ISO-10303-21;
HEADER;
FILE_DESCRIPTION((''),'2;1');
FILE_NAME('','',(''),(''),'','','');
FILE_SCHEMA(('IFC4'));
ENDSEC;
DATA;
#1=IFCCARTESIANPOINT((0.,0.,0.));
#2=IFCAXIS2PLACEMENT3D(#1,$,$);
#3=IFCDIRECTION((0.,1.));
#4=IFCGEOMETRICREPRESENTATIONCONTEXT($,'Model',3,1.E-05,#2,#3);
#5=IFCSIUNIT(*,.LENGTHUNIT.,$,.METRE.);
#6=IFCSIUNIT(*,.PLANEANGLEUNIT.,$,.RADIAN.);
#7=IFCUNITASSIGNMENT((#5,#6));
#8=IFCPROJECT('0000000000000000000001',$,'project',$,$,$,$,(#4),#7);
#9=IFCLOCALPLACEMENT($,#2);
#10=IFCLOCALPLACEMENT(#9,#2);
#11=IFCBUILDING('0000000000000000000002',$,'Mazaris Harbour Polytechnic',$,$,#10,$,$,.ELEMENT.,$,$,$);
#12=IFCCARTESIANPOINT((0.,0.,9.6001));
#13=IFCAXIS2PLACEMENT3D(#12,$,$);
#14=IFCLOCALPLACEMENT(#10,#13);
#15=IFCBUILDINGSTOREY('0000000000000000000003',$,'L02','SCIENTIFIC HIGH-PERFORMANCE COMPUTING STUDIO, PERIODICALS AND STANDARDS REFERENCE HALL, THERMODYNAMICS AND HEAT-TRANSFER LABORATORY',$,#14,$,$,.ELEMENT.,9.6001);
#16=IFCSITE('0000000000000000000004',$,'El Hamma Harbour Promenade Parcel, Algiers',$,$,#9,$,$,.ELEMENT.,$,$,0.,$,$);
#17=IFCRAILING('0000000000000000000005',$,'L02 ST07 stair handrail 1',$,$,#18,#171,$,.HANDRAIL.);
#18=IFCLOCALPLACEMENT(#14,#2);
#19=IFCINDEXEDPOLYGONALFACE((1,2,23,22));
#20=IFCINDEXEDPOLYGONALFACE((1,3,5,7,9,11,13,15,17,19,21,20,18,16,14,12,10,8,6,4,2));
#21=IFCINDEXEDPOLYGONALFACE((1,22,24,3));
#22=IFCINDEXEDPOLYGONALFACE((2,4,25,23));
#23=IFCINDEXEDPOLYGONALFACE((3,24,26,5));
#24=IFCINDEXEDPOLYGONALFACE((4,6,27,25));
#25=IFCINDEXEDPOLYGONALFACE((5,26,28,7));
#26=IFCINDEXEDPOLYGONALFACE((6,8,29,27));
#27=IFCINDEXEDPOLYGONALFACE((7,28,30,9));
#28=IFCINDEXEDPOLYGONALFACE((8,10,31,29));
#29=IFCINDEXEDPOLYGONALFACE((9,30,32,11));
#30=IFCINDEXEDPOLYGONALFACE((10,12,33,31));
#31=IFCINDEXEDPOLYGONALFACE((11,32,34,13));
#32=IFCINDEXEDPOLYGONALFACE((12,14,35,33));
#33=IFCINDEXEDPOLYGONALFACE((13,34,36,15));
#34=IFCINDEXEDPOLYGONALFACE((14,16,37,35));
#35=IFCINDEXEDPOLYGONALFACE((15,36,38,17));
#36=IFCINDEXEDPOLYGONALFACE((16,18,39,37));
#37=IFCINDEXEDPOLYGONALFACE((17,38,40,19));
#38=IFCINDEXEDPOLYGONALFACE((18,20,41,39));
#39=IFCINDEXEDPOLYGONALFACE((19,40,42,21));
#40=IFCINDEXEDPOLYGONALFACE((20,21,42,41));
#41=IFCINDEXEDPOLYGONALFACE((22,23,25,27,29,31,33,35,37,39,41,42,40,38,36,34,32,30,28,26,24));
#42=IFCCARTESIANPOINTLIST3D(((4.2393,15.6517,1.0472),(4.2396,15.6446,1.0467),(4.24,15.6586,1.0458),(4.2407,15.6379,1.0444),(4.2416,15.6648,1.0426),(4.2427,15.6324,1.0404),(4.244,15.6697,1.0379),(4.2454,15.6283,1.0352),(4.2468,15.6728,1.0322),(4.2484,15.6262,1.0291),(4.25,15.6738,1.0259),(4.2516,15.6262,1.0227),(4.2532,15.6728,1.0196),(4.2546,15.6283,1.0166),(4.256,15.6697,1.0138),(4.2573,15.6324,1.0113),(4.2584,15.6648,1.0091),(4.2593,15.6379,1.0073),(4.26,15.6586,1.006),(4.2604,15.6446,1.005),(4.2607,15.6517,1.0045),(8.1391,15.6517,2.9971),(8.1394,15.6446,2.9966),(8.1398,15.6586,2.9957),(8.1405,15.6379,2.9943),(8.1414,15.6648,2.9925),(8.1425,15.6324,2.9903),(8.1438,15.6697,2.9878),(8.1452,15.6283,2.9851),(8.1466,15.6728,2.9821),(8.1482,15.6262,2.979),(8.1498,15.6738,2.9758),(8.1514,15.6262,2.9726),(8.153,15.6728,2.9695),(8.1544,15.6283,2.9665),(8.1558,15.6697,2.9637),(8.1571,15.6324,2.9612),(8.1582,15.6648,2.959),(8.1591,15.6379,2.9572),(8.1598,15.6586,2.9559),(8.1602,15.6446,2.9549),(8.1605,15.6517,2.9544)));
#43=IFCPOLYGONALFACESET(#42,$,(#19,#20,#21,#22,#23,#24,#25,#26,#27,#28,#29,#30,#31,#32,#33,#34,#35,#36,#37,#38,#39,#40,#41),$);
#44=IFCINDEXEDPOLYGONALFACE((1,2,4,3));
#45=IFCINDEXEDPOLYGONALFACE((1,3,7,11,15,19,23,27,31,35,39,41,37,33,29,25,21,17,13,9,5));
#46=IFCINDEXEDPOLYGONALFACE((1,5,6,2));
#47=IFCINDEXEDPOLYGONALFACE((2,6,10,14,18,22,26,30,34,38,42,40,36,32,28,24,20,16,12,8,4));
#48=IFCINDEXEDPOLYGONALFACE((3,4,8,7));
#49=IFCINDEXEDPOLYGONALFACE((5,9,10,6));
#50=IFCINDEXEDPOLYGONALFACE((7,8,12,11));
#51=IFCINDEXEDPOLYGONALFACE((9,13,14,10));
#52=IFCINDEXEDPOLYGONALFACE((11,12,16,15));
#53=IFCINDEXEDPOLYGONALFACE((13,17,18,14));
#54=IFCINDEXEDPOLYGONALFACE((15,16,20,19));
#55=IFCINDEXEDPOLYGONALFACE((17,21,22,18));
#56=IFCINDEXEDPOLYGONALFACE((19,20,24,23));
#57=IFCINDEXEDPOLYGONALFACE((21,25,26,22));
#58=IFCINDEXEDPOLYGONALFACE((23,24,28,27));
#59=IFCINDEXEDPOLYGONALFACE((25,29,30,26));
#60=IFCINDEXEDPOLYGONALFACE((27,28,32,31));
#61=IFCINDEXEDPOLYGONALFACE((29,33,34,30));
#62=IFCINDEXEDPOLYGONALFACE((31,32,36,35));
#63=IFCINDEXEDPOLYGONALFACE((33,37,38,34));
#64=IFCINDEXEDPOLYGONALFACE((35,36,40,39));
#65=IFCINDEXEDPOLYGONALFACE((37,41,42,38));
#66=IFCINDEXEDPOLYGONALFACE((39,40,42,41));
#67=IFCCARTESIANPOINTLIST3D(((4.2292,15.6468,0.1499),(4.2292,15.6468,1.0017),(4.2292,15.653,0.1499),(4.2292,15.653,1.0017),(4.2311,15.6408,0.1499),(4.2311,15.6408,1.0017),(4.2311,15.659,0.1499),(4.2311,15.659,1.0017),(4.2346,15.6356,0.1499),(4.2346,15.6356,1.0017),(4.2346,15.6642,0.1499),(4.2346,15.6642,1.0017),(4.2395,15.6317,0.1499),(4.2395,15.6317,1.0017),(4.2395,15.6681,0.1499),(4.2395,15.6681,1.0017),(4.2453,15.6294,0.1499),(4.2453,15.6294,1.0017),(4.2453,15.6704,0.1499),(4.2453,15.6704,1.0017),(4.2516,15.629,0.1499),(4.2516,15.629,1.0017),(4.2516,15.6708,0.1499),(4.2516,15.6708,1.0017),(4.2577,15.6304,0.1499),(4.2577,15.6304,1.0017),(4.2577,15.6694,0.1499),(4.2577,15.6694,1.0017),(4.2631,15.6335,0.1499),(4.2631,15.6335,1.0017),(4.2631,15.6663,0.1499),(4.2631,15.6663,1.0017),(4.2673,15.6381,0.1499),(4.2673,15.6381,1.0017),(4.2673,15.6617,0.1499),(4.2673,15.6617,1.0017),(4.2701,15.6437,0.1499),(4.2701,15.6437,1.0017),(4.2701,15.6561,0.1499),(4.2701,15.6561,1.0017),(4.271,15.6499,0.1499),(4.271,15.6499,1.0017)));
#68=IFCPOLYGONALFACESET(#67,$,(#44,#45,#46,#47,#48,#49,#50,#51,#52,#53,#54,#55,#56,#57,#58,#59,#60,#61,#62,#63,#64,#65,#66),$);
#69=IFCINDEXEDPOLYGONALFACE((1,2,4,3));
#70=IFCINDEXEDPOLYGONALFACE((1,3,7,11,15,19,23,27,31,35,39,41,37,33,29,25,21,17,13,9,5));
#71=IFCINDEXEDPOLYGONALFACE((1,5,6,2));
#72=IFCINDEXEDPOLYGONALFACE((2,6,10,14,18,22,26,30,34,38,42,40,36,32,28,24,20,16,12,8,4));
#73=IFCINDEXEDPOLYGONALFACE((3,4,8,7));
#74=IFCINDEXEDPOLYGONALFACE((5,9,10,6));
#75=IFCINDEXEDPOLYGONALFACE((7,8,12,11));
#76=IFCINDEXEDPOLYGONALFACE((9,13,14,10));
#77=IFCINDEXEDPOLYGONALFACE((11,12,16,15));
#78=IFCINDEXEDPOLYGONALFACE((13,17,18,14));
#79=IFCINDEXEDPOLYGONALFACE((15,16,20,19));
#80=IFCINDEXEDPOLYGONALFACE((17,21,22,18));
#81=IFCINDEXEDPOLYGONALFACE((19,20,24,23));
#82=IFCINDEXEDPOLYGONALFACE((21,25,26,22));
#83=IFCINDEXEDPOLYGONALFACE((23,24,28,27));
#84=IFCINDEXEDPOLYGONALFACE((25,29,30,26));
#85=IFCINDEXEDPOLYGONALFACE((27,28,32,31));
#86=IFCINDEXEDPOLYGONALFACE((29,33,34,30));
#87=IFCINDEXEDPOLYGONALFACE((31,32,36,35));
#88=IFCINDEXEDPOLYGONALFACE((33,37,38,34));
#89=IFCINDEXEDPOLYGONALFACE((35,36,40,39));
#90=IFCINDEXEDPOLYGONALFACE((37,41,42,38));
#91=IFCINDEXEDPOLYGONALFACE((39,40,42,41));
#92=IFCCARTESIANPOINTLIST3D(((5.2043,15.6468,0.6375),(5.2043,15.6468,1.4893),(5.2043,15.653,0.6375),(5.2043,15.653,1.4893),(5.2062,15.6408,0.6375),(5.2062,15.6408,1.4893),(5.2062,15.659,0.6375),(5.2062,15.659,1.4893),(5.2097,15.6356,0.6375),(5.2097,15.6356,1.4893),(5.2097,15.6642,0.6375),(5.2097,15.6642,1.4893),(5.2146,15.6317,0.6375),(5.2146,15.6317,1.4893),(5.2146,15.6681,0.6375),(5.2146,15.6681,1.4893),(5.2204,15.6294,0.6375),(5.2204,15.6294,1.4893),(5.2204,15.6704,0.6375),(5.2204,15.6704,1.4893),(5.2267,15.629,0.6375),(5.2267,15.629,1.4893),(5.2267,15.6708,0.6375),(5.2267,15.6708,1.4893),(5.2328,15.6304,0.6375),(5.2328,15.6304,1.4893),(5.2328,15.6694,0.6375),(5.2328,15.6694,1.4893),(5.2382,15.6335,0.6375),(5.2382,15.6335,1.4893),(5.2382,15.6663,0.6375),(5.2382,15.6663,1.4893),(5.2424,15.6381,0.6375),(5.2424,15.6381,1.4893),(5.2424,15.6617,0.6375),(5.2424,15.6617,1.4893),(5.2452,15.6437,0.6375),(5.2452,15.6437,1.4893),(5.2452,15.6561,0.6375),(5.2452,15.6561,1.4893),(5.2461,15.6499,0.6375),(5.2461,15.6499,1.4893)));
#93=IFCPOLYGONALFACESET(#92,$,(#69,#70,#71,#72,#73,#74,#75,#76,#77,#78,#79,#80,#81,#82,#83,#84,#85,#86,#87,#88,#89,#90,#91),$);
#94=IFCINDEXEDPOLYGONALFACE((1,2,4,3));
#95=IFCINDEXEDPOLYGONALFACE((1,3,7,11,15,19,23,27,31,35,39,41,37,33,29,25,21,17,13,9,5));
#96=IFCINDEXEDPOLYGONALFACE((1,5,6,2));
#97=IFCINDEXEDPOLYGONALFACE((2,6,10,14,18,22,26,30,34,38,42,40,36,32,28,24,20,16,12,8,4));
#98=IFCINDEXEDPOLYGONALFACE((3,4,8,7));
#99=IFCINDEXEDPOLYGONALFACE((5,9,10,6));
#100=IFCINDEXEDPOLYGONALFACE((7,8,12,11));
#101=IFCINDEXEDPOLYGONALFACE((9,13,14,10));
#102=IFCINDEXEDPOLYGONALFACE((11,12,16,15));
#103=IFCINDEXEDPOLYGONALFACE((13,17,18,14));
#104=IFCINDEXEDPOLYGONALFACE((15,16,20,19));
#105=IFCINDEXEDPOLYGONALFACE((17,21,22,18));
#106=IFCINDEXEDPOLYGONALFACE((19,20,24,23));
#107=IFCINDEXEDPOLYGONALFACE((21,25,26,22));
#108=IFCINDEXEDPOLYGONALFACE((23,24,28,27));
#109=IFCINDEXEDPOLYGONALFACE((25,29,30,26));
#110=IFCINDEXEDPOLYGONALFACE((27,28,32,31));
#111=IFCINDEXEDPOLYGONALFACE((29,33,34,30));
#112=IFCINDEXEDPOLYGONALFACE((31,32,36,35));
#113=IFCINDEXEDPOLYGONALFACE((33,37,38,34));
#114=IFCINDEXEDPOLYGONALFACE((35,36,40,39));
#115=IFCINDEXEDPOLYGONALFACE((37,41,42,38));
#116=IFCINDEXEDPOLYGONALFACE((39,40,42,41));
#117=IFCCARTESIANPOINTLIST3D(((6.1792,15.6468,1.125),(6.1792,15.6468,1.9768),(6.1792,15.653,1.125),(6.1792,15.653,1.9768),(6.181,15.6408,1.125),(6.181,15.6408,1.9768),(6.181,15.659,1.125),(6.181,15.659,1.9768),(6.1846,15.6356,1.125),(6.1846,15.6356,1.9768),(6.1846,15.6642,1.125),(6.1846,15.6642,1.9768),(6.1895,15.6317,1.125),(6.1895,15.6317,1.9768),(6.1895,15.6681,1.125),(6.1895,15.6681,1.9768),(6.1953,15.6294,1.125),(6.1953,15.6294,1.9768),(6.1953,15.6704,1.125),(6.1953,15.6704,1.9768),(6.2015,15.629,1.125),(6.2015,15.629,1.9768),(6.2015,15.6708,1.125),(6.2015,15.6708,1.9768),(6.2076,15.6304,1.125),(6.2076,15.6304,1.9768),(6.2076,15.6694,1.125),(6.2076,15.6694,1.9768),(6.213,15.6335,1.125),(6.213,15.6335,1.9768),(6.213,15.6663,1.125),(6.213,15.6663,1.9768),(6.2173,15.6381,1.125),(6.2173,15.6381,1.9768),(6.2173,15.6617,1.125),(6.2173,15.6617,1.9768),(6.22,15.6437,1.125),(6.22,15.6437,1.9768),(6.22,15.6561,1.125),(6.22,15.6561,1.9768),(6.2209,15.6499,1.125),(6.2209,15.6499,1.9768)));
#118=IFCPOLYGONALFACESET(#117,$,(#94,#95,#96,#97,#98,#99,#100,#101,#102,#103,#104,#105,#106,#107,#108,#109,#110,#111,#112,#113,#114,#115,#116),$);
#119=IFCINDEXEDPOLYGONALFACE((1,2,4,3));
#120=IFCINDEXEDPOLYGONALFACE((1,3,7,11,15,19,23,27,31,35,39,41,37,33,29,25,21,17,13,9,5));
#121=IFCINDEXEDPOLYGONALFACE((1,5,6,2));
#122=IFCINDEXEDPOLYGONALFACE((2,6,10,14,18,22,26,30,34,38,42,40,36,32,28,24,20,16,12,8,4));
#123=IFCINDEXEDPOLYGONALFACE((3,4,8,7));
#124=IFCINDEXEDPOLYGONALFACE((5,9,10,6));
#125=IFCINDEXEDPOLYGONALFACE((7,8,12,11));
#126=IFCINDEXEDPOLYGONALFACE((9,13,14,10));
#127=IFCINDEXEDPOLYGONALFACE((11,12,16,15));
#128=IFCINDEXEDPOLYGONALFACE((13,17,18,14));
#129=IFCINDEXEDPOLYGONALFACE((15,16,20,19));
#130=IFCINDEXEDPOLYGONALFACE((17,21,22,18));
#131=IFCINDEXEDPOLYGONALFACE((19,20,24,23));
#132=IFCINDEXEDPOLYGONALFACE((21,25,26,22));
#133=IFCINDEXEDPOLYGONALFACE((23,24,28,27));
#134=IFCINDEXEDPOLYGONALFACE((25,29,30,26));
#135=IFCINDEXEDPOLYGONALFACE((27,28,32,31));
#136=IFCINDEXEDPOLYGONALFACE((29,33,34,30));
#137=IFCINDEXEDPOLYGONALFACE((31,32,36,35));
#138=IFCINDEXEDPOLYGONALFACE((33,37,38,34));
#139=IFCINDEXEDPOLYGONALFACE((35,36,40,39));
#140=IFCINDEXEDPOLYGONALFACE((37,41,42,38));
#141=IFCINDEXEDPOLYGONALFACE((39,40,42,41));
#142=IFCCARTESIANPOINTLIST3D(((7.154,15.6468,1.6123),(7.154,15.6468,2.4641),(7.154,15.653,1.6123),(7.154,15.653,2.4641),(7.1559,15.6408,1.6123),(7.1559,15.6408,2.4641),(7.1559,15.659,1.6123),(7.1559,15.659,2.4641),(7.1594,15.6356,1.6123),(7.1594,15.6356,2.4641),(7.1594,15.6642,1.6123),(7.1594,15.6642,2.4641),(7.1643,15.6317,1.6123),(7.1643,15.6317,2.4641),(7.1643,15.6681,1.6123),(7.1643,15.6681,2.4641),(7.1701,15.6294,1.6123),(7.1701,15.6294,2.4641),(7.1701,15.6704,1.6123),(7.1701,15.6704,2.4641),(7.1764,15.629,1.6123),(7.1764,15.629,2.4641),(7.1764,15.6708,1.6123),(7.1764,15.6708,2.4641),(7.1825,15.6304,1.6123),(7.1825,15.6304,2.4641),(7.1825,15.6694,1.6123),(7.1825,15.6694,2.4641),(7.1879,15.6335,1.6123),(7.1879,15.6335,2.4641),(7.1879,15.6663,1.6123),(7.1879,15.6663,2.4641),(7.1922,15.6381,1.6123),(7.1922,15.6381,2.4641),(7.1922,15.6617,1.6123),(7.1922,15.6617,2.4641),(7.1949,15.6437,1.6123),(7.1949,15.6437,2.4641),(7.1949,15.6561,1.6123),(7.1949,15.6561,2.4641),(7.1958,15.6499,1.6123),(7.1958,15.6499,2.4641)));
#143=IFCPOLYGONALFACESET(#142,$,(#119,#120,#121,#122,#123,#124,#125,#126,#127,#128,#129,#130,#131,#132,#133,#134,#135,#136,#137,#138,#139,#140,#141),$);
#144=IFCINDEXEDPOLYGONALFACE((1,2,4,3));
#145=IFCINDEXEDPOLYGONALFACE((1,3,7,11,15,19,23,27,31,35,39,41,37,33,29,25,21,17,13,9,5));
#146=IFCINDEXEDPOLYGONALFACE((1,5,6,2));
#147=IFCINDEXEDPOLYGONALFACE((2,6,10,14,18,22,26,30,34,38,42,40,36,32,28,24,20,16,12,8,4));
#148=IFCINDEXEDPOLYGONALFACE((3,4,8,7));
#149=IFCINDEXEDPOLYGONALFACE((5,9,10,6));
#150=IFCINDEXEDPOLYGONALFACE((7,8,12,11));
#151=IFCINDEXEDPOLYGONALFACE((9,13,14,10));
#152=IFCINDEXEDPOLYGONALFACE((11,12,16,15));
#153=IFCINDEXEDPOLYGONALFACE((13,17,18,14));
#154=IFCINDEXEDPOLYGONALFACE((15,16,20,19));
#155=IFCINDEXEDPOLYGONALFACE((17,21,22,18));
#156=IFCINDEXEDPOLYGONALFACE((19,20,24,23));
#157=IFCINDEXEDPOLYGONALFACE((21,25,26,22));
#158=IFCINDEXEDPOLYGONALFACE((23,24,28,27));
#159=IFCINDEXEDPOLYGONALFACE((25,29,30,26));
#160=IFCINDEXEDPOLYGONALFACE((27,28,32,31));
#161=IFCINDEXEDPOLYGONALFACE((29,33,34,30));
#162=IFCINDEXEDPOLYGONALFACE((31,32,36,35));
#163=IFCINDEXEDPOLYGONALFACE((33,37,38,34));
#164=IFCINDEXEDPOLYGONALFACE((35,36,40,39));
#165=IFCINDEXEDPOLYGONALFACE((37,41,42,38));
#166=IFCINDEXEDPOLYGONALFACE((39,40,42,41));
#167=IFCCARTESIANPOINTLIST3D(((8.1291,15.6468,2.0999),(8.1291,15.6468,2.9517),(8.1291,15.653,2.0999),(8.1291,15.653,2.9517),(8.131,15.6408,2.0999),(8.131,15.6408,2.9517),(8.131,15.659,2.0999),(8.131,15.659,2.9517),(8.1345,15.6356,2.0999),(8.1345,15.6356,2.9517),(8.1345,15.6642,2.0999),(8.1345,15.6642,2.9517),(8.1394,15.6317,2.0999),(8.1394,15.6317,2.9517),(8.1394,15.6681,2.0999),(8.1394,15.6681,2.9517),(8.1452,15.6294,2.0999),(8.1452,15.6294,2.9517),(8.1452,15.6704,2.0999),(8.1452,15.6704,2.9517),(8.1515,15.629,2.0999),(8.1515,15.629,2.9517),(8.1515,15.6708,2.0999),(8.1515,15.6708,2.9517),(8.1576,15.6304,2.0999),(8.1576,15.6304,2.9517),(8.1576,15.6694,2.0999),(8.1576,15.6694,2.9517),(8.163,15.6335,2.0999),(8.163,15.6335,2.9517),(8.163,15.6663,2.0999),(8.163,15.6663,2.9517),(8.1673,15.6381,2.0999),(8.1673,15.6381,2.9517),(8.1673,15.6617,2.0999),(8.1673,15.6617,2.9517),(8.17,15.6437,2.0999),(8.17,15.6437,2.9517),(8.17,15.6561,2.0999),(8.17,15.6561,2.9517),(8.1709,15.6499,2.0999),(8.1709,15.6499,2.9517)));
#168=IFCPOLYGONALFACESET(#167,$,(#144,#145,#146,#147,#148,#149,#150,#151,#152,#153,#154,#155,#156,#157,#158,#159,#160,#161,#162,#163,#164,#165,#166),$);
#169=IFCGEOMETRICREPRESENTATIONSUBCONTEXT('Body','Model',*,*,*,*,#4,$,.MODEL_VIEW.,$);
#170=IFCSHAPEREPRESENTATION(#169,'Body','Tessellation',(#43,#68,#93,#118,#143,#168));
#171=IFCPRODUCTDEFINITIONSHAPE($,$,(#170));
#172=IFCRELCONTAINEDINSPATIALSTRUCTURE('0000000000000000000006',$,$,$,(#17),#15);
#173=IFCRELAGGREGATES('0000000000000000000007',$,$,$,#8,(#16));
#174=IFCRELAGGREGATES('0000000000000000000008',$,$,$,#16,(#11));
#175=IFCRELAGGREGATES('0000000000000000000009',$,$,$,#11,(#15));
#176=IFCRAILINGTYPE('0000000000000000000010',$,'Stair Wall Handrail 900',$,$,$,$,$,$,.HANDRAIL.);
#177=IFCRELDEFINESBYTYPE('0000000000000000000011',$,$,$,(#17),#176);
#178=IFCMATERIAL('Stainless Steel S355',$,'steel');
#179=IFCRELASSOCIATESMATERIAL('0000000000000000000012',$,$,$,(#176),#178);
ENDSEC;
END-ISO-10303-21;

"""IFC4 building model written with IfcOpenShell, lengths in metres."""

from ifc_helpers import new_model, si_unit, direction, frame, origin, origin_2d, place, context, subcontext, project, spatial, circle, extrude, material, type_object, element, save


model = new_model("IFC4")

# Units and contexts
model_context = context("Model", 3, precision=1e-05, world=origin(), true_north=direction((0.0, 1.0)))
body_context = subcontext(model_context, "Body", "Model", "MODEL_VIEW")
ifc_project = project(units=[si_unit("LENGTHUNIT", "METRE"), si_unit("PLANEANGLEUNIT", "RADIAN")], contexts=[model_context])

# Site, building, storey
site_placement = place(None, origin())
site = spatial("IfcSite", under=ifc_project, at=site_placement, Name="El Hamma Harbour Promenade Parcel, Algiers", CompositionType="ELEMENT", RefElevation=0.0)
building_placement = place(site_placement, origin())
building = spatial("IfcBuilding", under=site, at=building_placement, Name="Mazaris Harbour Polytechnic", CompositionType="ELEMENT")
storey_placement = place(building_placement, frame((0.0, 0.0, 9.6001)))
storey = spatial("IfcBuildingStorey", under=building, at=storey_placement, Name="L02", Description="SCIENTIFIC HIGH-PERFORMANCE COMPUTING STUDIO, PERIODICALS AND STANDARDS REFERENCE HALL, THERMODYNAMICS AND HEAT-TRANSFER LABORATORY", CompositionType="ELEMENT", Elevation=9.6001)

# Railing
ifc_material_1 = material(Name="Stainless Steel S355", Category="steel")
railing_type_1 = type_object("IfcRailingType", Name="Stair Wall Handrail 900", PredefinedType="HANDRAIL", material=ifc_material_1)
railing_1_placement = place(storey_placement, frame((4.25, 15.6499, 0.1499)))
element("IfcRailing", 1, at=railing_1_placement, inside=storey, type_object=railing_type_1, Name="L02 ST07 stair handrail 1", PredefinedType="HANDRAIL", context=body_context, shape_type="SweptSolid", body=[
    extrude(circle(Radius=0.0239, at=origin_2d()), frame((0.0, 0.0, 0.876), z_axis=(0.894427, 0.0, 0.447214), x_axis=(0.0, 1.0, 0.0)), (0.0, 0.0, 1.0), 4.3601),
    extrude(circle(Radius=0.021, at=origin_2d()), origin(), (0.0, 0.0, 1.0), 0.8518),
    extrude(circle(Radius=0.021, at=origin_2d()), frame((0.9751, 0.0, 0.4875)), (0.0, 0.0, 1.0), 0.8518),
    extrude(circle(Radius=0.021, at=origin_2d()), frame((1.95, 0.0, 0.9751)), (0.0, 0.0, 1.0), 0.8518),
    extrude(circle(Radius=0.021, at=origin_2d()), frame((2.9248, 0.0, 1.4624)), (0.0, 0.0, 1.0), 0.8518),
    extrude(circle(Radius=0.021, at=origin_2d()), frame((3.8999, 0.0, 1.95)), (0.0, 0.0, 1.0), 0.8518),
])

save(model, "model.ifc")
